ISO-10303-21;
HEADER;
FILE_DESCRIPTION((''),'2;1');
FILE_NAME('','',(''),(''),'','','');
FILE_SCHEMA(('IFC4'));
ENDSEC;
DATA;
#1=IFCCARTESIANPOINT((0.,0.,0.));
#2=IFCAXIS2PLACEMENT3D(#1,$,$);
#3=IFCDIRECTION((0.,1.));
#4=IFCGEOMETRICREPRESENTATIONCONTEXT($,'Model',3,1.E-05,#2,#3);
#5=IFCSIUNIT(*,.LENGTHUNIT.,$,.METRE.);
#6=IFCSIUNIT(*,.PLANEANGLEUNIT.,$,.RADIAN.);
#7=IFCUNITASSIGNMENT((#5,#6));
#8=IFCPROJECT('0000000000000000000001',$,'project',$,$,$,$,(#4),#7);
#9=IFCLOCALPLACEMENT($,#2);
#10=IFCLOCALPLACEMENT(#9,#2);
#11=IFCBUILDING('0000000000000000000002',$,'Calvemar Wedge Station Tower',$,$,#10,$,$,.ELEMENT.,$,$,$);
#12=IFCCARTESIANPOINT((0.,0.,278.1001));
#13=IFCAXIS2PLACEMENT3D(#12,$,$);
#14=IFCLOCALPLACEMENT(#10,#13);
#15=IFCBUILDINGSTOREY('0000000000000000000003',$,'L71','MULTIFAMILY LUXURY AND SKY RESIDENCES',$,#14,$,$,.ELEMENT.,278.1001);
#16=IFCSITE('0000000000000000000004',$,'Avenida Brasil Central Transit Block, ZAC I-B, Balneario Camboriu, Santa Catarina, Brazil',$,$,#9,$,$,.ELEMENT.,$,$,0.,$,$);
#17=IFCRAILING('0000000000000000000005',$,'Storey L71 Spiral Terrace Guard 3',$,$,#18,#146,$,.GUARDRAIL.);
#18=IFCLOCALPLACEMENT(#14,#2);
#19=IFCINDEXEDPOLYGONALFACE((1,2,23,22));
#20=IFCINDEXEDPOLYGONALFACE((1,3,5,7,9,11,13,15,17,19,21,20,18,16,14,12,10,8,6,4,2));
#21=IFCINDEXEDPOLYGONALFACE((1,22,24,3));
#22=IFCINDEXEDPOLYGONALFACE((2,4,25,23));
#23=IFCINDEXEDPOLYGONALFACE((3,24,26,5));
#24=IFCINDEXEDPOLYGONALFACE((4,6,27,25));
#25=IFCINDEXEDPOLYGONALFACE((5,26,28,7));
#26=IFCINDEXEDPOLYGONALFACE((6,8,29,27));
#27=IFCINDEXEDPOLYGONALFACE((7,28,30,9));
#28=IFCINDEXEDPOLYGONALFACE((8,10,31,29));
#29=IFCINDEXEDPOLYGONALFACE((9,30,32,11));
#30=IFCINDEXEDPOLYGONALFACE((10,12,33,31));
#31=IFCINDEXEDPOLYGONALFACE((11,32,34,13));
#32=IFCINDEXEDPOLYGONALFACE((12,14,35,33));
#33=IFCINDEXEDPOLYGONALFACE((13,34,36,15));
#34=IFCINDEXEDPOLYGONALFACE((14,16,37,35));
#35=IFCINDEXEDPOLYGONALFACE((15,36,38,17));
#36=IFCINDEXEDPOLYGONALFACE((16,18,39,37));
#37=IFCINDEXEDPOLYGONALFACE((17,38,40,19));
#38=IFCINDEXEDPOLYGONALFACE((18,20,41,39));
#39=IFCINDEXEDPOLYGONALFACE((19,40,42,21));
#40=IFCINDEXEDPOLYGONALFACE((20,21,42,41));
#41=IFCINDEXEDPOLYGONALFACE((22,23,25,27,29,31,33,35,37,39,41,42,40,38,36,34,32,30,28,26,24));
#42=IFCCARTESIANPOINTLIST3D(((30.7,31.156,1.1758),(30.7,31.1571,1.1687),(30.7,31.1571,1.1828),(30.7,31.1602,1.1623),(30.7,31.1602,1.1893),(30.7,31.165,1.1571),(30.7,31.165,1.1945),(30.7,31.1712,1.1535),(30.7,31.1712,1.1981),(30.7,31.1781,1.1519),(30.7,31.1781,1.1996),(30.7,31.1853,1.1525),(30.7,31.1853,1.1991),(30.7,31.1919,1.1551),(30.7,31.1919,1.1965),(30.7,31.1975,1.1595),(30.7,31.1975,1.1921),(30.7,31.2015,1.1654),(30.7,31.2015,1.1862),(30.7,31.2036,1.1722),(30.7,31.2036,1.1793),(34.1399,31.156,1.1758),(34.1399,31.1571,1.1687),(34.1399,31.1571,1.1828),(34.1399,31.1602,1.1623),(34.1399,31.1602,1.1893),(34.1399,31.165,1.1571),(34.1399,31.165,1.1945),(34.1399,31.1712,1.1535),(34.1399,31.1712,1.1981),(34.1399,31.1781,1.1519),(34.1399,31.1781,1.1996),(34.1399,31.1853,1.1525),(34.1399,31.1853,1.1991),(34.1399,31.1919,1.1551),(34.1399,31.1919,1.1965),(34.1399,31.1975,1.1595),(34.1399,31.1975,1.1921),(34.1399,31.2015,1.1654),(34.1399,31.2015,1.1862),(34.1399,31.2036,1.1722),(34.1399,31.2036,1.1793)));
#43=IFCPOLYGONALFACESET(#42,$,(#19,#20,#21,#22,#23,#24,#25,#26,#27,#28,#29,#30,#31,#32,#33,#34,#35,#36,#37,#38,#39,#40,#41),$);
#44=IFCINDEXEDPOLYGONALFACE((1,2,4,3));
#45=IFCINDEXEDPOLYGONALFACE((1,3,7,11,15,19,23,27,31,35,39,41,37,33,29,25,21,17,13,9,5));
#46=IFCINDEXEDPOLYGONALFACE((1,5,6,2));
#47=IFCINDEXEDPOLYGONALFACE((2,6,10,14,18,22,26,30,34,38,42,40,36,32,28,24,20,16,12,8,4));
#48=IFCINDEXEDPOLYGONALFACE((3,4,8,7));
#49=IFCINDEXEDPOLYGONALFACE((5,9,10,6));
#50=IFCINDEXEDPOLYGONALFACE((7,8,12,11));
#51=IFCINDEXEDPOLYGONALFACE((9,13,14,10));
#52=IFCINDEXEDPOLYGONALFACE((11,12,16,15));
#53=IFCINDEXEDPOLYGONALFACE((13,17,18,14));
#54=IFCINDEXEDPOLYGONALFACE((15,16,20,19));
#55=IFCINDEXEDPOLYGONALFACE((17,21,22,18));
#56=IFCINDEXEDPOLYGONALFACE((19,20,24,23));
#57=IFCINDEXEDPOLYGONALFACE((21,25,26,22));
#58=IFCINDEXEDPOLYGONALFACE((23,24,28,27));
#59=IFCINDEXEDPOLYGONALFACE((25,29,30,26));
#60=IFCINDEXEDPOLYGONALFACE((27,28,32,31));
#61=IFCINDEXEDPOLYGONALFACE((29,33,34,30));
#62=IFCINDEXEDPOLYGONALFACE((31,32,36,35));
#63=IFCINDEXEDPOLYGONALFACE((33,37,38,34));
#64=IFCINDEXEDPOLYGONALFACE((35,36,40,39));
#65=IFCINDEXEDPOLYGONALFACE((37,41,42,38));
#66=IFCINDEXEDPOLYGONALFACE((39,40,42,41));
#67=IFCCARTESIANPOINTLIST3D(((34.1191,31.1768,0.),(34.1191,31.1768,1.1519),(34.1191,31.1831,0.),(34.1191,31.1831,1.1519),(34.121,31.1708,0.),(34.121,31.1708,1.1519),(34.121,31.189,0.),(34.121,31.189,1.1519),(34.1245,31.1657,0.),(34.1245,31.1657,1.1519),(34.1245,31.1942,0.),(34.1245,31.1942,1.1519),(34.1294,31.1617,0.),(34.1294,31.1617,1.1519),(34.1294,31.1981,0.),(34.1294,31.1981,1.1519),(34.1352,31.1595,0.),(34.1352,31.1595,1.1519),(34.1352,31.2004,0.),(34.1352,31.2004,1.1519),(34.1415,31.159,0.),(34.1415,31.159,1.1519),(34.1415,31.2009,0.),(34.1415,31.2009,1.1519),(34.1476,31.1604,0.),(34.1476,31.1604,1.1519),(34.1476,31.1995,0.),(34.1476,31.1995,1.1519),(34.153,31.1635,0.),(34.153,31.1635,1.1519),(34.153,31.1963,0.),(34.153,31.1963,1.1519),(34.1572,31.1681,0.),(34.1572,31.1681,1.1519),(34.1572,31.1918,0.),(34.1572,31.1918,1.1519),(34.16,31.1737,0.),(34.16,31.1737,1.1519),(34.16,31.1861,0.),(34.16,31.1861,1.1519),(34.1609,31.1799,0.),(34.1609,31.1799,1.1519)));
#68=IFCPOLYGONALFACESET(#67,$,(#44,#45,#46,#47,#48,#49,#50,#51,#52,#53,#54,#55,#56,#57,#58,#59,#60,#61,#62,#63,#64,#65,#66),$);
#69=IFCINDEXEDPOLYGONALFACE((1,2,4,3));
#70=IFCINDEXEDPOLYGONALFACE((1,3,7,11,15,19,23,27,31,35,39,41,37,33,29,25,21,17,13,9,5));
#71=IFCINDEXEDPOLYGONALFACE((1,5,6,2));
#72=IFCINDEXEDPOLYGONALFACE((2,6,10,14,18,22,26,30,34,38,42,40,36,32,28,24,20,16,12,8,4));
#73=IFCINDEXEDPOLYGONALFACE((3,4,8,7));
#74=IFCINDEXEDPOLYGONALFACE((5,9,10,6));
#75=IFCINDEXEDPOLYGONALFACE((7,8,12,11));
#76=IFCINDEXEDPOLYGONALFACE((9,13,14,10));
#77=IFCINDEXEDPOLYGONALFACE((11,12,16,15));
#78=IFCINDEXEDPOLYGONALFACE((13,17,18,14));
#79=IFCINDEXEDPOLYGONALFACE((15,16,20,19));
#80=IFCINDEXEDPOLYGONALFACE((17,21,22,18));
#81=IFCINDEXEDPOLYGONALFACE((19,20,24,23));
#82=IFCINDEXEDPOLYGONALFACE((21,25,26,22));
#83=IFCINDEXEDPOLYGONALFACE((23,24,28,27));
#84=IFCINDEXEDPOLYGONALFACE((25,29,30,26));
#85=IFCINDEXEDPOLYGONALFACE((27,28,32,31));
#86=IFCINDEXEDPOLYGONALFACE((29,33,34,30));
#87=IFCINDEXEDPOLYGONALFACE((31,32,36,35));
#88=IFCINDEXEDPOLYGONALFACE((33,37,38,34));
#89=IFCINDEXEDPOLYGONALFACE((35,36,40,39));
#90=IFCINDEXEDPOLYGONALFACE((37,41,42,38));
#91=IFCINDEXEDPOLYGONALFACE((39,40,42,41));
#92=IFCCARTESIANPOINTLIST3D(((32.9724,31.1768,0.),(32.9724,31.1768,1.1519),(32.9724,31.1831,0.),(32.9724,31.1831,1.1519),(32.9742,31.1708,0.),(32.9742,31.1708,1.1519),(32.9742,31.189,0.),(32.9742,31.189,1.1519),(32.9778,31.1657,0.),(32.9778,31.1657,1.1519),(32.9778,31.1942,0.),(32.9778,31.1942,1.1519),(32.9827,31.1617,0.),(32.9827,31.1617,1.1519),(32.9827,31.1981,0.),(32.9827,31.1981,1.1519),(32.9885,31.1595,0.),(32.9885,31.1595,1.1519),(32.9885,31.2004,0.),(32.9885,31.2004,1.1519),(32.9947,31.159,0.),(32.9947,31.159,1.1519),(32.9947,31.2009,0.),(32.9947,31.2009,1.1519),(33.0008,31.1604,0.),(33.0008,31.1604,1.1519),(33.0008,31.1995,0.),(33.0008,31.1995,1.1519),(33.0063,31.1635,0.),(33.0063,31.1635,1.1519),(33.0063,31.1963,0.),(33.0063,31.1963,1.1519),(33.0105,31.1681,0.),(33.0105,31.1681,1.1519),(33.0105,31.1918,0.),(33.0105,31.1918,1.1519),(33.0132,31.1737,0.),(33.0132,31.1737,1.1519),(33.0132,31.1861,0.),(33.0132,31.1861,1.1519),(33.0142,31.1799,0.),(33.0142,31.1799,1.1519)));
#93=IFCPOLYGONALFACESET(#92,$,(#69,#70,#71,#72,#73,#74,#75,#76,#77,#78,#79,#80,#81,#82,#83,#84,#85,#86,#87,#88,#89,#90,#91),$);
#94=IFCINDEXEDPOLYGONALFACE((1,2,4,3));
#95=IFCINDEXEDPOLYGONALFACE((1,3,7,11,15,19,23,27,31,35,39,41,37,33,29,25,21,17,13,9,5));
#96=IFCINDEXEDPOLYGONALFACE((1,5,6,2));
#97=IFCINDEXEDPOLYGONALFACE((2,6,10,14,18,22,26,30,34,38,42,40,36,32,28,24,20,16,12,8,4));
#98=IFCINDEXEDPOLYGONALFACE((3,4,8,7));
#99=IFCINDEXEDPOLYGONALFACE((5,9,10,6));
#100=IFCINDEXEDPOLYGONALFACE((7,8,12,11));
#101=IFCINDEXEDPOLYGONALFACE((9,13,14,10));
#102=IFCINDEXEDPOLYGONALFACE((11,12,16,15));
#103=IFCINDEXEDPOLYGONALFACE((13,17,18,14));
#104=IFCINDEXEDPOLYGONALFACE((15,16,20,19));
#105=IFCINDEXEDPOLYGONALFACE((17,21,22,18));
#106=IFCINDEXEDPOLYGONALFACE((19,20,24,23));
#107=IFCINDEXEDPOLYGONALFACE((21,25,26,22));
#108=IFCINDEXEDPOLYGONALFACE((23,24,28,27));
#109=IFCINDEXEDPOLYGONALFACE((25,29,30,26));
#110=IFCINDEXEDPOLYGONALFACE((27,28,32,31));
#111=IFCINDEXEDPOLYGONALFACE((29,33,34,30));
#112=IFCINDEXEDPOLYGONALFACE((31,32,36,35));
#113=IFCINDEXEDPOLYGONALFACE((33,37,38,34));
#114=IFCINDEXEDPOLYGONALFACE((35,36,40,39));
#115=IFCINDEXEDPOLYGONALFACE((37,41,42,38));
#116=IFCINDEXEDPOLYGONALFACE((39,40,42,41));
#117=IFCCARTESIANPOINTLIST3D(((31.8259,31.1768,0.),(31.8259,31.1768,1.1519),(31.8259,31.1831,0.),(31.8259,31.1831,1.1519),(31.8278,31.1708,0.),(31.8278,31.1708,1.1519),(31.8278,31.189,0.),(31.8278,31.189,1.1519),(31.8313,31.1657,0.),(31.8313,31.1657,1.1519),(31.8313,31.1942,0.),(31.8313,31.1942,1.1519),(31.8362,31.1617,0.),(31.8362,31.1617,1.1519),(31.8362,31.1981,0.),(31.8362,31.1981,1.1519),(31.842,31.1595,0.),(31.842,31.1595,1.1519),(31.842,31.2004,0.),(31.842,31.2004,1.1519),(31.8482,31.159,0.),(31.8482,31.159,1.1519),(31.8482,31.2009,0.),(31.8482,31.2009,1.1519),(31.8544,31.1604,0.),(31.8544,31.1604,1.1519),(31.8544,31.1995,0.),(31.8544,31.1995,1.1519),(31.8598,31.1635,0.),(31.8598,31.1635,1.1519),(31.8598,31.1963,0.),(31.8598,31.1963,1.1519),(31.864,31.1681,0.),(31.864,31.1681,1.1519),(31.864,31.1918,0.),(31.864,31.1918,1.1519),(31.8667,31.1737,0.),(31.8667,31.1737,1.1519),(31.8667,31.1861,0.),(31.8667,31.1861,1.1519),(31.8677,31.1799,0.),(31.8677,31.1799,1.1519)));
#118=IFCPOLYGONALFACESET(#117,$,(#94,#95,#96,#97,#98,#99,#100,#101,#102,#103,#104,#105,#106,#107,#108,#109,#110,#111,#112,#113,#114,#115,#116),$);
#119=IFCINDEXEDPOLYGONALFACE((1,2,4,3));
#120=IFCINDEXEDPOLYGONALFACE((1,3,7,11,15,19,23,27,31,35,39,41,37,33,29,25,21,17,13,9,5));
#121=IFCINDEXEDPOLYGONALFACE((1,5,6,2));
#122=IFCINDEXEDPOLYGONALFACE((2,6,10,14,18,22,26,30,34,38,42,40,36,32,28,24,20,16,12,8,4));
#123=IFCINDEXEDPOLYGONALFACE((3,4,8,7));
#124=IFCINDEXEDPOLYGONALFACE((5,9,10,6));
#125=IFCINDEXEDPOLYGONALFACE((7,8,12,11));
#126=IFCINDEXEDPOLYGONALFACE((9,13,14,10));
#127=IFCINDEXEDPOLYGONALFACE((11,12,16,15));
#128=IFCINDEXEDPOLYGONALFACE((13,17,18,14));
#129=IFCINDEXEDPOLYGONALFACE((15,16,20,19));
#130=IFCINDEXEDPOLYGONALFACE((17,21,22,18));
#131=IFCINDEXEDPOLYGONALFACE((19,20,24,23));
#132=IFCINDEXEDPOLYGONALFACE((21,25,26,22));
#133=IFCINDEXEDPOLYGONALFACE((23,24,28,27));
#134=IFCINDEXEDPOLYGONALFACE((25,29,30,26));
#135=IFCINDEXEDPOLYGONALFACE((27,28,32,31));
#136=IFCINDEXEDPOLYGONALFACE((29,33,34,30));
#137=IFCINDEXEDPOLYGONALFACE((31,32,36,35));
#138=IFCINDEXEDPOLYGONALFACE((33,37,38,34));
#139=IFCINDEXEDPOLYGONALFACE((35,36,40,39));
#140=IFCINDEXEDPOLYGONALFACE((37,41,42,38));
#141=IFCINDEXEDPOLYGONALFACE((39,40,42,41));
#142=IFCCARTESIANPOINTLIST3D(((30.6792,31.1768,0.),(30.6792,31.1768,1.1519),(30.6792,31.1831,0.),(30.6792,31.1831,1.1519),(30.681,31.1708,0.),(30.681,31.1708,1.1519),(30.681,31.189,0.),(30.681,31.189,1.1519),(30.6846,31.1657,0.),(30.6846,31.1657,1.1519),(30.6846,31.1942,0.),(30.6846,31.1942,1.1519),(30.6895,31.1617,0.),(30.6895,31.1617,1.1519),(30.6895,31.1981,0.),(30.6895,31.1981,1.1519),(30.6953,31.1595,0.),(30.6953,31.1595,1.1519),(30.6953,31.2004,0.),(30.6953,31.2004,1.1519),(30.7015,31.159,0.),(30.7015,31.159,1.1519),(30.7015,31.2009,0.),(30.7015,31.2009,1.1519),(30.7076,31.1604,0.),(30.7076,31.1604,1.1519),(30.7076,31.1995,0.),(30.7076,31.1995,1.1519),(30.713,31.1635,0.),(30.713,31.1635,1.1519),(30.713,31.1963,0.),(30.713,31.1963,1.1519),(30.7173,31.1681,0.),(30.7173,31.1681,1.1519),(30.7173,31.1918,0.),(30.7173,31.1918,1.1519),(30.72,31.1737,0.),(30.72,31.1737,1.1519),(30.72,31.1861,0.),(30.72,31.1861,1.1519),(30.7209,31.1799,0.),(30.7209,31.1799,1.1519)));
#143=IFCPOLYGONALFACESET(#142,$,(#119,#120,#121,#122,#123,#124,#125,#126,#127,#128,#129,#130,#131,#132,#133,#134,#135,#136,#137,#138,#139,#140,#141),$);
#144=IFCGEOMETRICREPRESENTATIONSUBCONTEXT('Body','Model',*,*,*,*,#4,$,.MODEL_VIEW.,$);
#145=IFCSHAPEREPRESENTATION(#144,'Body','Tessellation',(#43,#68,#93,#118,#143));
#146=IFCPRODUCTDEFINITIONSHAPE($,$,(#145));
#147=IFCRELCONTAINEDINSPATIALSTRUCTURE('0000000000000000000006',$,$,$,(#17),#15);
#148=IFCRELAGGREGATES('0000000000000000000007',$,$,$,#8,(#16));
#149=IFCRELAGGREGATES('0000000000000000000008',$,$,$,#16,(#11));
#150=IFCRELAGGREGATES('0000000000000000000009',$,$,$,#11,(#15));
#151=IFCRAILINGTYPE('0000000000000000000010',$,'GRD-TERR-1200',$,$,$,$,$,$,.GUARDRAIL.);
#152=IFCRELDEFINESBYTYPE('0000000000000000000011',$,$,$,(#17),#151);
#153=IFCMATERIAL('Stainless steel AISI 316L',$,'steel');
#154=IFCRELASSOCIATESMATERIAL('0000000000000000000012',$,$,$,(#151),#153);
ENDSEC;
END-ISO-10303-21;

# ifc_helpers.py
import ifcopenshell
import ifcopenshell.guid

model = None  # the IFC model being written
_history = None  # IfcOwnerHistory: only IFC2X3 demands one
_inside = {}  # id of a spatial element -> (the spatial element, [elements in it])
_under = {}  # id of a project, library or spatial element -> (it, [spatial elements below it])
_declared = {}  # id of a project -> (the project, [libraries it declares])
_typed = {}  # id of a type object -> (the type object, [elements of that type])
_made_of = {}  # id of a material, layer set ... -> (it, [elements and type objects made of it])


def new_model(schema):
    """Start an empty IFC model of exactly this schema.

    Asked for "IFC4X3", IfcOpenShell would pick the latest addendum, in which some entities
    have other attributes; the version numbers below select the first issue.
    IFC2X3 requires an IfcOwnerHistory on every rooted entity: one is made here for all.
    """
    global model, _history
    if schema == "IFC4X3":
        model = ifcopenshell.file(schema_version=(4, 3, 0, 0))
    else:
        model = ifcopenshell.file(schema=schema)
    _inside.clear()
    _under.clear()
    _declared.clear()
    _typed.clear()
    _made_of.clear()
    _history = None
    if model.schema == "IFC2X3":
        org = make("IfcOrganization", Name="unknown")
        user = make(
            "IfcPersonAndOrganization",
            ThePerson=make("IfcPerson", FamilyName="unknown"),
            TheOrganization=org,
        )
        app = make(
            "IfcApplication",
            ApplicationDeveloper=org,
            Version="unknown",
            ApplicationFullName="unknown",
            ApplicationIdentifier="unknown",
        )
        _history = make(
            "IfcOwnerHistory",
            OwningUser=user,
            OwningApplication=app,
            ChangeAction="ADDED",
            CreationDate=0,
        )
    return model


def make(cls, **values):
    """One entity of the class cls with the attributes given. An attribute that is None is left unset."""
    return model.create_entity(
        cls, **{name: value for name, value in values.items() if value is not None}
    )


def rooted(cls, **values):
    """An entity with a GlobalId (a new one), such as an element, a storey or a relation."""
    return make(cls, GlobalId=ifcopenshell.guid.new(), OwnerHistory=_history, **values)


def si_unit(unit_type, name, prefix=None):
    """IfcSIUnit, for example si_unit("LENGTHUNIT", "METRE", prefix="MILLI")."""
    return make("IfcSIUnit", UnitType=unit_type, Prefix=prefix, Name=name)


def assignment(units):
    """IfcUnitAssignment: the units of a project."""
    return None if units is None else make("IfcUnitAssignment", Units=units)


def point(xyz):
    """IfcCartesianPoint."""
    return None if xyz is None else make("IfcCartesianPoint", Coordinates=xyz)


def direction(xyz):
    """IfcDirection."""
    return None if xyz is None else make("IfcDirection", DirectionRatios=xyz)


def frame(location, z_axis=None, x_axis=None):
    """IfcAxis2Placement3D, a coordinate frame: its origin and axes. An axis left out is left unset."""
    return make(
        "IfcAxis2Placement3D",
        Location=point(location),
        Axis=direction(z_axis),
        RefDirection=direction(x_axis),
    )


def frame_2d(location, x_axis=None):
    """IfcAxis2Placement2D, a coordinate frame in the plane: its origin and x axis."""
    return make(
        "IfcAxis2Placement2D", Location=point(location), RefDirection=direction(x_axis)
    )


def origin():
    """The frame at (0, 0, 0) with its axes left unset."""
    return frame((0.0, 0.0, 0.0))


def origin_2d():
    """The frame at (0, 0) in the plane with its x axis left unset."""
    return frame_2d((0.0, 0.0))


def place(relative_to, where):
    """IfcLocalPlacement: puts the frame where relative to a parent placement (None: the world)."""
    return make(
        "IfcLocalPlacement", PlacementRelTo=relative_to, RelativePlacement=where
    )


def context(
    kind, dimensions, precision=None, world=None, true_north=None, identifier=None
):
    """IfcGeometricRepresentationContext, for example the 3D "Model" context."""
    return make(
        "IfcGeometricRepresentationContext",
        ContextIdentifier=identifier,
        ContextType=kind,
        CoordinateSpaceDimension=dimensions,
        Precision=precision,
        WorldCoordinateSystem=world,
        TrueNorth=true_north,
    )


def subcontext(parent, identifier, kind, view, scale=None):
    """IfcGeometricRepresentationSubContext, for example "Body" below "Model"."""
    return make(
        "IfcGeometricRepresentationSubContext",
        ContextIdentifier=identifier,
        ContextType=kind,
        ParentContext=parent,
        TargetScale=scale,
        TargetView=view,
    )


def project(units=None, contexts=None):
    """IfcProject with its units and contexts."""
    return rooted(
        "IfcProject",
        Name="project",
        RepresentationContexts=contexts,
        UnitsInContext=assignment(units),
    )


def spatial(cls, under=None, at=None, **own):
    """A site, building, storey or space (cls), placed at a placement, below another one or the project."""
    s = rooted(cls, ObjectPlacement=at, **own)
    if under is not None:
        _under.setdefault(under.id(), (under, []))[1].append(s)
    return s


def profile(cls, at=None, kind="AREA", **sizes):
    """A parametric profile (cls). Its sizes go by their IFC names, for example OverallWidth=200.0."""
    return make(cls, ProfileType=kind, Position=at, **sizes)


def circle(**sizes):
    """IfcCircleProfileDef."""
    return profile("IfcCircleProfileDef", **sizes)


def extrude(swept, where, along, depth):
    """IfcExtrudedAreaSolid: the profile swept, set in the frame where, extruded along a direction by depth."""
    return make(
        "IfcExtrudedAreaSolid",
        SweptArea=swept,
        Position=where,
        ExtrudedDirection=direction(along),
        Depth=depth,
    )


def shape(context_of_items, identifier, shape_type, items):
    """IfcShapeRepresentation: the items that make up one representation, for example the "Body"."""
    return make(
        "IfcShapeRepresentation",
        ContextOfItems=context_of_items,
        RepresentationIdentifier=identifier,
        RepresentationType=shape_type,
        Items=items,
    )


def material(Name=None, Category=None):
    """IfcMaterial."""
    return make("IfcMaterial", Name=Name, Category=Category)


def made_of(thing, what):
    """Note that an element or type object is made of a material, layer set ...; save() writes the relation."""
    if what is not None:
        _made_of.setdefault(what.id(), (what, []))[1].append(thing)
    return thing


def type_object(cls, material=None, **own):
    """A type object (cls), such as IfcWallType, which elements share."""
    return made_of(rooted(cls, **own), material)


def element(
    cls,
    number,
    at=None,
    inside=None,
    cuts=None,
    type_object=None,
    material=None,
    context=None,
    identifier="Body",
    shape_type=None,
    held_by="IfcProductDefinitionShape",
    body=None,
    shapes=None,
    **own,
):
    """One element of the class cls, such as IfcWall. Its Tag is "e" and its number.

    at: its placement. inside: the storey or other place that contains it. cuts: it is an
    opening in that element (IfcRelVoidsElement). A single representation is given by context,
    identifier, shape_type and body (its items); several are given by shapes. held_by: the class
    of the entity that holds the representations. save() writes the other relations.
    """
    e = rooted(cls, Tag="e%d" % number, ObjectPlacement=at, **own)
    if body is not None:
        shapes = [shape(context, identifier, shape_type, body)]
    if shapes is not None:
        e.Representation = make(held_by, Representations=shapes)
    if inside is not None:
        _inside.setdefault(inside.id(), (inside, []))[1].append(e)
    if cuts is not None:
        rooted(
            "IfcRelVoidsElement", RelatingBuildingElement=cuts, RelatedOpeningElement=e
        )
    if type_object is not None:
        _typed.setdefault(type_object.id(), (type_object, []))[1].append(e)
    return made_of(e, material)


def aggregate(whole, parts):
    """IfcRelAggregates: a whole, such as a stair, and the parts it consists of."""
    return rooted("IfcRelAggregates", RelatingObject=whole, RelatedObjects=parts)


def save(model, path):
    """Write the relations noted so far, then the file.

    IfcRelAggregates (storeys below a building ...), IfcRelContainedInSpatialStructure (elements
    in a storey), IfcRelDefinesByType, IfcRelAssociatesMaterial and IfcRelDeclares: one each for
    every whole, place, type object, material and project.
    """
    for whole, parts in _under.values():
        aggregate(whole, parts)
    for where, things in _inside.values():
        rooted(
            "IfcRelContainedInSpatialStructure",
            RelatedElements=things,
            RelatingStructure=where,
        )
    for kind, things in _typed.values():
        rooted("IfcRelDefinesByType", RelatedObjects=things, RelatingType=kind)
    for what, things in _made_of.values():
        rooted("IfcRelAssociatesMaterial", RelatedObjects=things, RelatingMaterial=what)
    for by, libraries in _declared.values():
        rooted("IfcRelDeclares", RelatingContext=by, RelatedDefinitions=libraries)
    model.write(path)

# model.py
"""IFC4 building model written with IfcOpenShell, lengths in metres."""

from ifc_helpers import new_model, si_unit, direction, frame, origin, origin_2d, place, context, subcontext, project, spatial, circle, extrude, material, type_object, element, save


model = new_model("IFC4")

# Units and contexts
model_context = context("Model", 3, precision=1e-05, world=origin(), true_north=direction((0.0, 1.0)))
body_context = subcontext(model_context, "Body", "Model", "MODEL_VIEW")
ifc_project = project(units=[si_unit("LENGTHUNIT", "METRE"), si_unit("PLANEANGLEUNIT", "RADIAN")], contexts=[model_context])

# Site, building, storey
site_placement = place(None, origin())
site = spatial("IfcSite", under=ifc_project, at=site_placement, Name="Avenida Brasil Central Transit Block, ZAC I-B, Balneario Camboriu, Santa Catarina, Brazil", CompositionType="ELEMENT", RefElevation=0.0)
building_placement = place(site_placement, origin())
building = spatial("IfcBuilding", under=site, at=building_placement, Name="Calvemar Wedge Station Tower", CompositionType="ELEMENT")
storey_placement = place(building_placement, frame((0.0, 0.0, 278.1001)))
storey = spatial("IfcBuildingStorey", under=building, at=storey_placement, Name="L71", Description="MULTIFAMILY LUXURY AND SKY RESIDENCES", CompositionType="ELEMENT", Elevation=278.1001)

# Railing
ifc_material_1 = material(Name="Stainless steel AISI 316L", Category="steel")
railing_type = type_object("IfcRailingType", Name="GRD-TERR-1200", PredefinedType="GUARDRAIL", material=ifc_material_1)
railing_1_placement = place(storey_placement, frame((34.1399, 31.1799, 0.0)))
element("IfcRailing", 1, at=railing_1_placement, inside=storey, type_object=railing_type, Name="Storey L71 Spiral Terrace Guard 3", PredefinedType="GUARDRAIL", context=body_context, shape_type="SweptSolid", body=[
    extrude(circle(Radius=0.0239, at=origin_2d()), frame((0.0, 0.0, 1.1758), z_axis=(-1.0, 0.0, 0.0), x_axis=(0.0, -1.0, 0.0)), (0.0, 0.0, 1.0), 3.4399),
    extrude(circle(Radius=0.021, at=origin_2d()), origin(), (0.0, 0.0, 1.0), 1.1519),
    extrude(circle(Radius=0.021, at=origin_2d()), frame((-1.1467, 0.0, 0.0)), (0.0, 0.0, 1.0), 1.1519),
    extrude(circle(Radius=0.021, at=origin_2d()), frame((-2.2932, 0.0, 0.0)), (0.0, 0.0, 1.0), 1.1519),
    extrude(circle(Radius=0.021, at=origin_2d()), frame((-3.4399, 0.0, 0.0)), (0.0, 0.0, 1.0), 1.1519),
])

save(model, "model.ifc")
